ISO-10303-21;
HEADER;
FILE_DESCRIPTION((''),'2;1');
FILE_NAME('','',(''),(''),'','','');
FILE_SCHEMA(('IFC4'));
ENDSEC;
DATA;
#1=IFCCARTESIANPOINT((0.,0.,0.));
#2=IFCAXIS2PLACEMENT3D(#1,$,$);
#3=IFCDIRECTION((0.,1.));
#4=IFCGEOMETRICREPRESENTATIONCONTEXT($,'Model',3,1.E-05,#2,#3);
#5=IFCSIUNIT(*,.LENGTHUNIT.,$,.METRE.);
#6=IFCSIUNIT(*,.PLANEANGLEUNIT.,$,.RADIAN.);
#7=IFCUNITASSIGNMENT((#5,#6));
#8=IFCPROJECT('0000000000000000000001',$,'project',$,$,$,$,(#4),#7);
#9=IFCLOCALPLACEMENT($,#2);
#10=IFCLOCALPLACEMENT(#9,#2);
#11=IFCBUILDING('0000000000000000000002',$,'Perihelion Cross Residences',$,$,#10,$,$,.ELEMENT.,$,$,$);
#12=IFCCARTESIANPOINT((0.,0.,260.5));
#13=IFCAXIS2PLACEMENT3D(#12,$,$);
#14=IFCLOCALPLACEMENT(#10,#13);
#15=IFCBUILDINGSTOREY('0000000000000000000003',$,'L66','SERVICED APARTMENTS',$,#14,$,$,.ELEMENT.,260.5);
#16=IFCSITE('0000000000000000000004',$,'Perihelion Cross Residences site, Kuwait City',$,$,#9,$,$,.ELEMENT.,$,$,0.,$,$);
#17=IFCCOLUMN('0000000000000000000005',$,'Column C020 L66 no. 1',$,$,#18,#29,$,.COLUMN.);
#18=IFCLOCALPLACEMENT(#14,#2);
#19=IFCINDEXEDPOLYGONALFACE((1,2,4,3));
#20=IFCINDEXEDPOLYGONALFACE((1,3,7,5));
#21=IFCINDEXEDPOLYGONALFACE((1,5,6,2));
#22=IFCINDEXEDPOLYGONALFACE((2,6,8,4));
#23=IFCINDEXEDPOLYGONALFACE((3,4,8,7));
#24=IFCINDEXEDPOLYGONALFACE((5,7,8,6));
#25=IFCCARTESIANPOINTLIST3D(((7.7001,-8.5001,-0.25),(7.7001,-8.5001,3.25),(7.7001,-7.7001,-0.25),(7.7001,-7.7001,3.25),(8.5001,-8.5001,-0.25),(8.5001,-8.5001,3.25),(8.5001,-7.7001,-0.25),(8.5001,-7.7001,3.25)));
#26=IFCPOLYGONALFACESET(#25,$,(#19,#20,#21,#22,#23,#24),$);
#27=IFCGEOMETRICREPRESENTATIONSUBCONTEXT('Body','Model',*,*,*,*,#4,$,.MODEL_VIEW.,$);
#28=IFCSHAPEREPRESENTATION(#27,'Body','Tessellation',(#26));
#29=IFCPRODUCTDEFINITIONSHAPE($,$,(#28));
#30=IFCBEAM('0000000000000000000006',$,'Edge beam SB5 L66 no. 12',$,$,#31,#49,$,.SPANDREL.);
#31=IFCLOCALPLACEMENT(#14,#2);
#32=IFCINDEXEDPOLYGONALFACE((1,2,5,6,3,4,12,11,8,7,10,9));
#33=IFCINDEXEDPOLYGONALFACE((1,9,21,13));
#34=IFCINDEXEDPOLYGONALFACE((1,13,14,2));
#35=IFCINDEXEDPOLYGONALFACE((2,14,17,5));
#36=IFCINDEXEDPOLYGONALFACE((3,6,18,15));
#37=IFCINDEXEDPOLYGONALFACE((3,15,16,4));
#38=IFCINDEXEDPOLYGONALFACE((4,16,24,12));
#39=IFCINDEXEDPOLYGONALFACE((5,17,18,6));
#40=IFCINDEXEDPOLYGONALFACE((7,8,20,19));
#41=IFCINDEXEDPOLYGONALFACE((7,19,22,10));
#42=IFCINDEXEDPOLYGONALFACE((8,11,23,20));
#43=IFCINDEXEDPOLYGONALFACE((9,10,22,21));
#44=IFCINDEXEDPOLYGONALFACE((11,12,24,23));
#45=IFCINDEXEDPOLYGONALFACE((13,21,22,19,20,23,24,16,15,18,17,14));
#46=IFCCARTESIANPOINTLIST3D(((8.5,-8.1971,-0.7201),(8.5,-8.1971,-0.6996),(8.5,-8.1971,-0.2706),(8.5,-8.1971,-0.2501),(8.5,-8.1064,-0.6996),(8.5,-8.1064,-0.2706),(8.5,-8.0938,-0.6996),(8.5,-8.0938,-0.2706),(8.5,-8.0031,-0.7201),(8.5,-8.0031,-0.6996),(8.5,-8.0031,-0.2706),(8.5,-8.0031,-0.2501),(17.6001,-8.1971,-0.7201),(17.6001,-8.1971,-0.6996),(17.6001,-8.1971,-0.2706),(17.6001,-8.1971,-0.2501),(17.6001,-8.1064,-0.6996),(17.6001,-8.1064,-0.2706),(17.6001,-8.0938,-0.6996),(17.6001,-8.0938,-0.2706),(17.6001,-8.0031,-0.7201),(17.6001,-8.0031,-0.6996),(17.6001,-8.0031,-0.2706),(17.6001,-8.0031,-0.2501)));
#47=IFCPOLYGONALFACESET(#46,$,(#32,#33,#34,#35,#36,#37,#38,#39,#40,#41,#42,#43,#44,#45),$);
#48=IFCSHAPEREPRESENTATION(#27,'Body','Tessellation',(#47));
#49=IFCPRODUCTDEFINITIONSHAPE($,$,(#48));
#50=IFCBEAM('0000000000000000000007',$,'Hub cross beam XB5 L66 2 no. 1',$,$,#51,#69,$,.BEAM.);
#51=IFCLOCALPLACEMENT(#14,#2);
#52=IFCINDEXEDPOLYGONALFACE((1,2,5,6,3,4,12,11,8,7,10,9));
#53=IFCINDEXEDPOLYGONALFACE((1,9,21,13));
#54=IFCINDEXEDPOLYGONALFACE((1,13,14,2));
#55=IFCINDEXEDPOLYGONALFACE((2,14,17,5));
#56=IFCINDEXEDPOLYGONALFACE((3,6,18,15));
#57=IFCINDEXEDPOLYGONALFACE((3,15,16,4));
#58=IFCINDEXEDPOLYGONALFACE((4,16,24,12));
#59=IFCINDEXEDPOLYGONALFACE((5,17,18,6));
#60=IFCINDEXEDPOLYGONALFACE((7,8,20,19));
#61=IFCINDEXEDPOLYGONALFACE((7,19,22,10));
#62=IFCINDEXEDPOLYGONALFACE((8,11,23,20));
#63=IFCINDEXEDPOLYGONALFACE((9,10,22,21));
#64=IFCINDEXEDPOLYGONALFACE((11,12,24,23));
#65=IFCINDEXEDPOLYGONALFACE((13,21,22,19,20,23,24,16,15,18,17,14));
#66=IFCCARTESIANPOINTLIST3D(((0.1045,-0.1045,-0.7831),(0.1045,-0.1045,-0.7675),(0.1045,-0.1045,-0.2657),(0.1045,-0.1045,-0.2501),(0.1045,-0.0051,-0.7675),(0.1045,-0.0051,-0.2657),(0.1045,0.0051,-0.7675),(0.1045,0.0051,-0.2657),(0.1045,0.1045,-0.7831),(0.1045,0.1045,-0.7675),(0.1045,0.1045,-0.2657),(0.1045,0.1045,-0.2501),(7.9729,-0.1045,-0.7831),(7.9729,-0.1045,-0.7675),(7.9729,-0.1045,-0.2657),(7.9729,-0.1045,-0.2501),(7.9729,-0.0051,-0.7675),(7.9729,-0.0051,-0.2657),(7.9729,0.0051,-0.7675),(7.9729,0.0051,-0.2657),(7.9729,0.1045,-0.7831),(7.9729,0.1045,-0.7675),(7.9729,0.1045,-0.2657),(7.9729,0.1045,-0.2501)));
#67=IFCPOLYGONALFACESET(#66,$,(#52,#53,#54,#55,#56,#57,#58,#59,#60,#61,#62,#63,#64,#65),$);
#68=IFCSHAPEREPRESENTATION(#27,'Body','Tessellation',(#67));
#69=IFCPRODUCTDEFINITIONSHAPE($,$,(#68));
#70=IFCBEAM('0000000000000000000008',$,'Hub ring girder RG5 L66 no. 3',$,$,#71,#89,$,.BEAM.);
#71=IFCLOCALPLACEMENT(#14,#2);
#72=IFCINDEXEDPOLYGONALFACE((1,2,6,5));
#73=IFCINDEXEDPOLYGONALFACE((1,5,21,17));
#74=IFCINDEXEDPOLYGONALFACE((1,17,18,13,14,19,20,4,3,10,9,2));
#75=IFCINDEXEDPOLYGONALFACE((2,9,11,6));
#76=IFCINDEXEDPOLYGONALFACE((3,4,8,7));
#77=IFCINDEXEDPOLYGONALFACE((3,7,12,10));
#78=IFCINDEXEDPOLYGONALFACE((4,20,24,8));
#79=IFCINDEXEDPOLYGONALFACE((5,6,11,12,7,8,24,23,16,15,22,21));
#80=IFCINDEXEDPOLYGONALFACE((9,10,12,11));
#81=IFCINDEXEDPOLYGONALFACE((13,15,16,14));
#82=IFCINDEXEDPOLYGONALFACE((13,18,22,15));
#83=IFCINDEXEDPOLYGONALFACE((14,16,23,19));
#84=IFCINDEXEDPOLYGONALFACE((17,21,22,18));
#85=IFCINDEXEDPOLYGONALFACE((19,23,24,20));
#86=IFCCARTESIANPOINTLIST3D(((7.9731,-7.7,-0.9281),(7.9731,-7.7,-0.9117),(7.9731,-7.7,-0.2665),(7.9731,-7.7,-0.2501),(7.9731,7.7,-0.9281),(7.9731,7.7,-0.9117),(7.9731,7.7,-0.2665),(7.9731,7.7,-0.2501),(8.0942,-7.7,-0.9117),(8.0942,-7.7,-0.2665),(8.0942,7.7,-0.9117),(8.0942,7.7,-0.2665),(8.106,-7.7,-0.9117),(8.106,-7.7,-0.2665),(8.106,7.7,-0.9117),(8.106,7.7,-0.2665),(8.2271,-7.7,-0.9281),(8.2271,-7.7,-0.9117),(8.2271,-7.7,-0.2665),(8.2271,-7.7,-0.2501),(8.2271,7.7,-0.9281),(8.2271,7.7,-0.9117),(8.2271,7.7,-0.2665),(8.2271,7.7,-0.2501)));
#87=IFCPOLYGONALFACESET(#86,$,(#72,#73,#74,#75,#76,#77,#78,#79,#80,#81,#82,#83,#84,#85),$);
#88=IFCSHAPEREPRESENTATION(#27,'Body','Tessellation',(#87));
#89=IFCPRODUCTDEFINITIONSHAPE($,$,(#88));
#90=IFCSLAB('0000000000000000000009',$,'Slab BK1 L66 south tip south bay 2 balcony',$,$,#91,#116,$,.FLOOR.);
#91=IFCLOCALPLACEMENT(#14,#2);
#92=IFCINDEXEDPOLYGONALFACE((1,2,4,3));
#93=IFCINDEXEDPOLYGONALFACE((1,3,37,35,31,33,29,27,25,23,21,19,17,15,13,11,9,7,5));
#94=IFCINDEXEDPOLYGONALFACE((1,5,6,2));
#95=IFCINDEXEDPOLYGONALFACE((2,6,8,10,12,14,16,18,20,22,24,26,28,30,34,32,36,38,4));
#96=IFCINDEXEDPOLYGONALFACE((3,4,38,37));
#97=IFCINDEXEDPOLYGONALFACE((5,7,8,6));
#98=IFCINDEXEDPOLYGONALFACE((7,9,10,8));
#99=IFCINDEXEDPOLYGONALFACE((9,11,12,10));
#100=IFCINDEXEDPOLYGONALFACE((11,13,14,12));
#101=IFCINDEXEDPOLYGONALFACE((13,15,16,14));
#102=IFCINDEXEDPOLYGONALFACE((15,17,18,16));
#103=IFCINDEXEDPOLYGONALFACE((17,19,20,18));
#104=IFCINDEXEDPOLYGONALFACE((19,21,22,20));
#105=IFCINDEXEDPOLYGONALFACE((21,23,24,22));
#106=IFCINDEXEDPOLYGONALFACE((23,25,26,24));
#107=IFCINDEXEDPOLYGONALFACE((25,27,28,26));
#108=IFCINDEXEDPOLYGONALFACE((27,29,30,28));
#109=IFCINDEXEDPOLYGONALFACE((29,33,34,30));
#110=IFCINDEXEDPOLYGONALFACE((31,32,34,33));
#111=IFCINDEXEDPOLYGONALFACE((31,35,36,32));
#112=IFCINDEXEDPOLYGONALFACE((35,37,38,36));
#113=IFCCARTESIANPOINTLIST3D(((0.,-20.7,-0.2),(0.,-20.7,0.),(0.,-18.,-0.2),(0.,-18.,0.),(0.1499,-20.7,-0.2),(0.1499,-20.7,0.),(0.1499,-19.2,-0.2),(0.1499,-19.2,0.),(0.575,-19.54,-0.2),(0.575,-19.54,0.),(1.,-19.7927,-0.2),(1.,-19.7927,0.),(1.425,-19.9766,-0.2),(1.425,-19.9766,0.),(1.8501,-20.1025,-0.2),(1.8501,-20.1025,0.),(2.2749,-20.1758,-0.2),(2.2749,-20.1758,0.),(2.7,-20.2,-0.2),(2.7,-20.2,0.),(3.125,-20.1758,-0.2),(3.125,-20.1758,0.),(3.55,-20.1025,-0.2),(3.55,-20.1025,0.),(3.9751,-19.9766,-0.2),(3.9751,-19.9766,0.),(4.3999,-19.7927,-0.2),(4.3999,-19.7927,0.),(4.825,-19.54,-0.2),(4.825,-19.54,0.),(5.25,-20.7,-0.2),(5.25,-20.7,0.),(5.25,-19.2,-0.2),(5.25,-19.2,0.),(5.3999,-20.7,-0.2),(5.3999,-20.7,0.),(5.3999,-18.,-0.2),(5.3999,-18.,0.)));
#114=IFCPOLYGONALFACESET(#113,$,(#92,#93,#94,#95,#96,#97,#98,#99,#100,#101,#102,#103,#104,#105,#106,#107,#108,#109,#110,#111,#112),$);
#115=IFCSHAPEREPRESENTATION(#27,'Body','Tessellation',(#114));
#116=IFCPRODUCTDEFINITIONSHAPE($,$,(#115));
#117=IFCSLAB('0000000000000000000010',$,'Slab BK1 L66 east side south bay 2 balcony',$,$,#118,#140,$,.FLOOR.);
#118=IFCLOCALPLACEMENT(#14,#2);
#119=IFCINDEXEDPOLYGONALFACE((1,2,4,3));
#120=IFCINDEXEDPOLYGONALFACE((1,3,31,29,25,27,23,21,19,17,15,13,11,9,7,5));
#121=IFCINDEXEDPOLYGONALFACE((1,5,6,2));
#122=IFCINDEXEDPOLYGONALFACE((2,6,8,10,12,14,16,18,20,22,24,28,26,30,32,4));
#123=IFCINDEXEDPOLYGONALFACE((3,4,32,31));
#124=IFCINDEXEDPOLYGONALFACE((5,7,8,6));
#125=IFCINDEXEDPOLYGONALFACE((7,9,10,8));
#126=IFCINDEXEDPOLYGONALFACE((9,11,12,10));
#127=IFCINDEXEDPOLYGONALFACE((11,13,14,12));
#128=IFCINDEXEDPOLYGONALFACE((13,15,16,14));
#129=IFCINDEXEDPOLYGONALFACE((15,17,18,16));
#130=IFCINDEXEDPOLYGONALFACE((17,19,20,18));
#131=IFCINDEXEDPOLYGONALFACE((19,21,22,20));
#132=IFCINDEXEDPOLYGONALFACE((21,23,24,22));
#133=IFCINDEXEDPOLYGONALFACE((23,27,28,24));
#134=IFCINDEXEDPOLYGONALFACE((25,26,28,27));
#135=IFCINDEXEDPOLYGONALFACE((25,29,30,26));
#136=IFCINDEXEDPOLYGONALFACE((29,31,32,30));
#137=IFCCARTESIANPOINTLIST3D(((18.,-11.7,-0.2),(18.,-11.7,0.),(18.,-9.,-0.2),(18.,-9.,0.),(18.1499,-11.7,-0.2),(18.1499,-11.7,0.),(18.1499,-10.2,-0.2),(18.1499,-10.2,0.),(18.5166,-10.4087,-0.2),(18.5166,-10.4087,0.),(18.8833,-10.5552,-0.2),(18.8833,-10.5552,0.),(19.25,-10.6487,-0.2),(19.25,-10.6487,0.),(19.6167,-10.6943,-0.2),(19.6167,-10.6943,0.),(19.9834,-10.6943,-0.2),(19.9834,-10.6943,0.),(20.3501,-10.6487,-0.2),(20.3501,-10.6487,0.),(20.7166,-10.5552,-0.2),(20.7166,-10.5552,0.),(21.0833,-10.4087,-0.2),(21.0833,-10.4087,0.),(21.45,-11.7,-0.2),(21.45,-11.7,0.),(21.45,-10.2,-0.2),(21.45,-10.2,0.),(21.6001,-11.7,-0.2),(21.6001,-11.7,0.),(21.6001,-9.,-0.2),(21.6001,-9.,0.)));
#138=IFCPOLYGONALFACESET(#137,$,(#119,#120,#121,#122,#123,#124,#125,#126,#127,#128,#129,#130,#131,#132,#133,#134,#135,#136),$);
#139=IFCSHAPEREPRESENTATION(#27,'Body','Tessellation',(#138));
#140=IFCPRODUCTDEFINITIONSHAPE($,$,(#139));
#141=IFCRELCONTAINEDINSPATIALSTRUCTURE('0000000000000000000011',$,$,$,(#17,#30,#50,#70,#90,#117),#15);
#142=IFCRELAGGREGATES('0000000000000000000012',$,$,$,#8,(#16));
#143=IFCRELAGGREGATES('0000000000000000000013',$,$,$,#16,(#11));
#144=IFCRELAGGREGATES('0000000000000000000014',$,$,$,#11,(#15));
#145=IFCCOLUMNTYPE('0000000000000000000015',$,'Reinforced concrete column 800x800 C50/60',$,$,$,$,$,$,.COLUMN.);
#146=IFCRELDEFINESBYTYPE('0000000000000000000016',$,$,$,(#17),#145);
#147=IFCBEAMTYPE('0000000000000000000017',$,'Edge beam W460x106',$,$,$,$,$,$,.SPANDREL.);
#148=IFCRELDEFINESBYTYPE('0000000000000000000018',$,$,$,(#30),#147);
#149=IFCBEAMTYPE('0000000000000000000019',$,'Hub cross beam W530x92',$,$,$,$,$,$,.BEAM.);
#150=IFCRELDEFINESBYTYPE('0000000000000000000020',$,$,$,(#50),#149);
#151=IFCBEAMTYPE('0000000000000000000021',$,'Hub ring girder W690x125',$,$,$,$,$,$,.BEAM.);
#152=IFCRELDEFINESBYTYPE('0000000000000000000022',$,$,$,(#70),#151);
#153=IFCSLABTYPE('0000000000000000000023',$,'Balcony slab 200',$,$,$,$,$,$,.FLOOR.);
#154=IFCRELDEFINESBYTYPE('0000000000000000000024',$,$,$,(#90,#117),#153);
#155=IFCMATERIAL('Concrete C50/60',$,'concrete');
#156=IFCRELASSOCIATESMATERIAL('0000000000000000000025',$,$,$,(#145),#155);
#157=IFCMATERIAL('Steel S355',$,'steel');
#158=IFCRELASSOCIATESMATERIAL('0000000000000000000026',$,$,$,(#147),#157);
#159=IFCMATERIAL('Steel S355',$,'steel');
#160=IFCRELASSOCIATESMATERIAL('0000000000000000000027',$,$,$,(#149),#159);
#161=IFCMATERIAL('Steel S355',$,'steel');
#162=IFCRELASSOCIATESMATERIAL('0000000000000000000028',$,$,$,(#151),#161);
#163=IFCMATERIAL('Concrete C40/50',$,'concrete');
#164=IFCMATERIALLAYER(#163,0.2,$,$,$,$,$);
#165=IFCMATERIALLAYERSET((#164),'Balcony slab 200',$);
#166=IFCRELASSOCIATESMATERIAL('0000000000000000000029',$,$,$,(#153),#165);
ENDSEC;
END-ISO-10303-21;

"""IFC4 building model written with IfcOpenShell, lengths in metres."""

from ifc_helpers import new_model, si_unit, direction, frame, origin, origin_2d, place, context, subcontext, project, spatial, polyline, rectangle, i_section, outline, extrude, material, layer, layer_set, material_profile, profile_set, type_object, element, save


model = new_model("IFC4")

# Units and contexts
model_context = context("Model", 3, precision=1e-05, world=origin(), true_north=direction((0.0, 1.0)))
body_context = subcontext(model_context, "Body", "Model", "MODEL_VIEW")
ifc_project = project(units=[si_unit("LENGTHUNIT", "METRE"), si_unit("PLANEANGLEUNIT", "RADIAN")], contexts=[model_context])

# Site, building, storey
site_placement = place(None, origin())
site = spatial("IfcSite", under=ifc_project, at=site_placement, Name="Perihelion Cross Residences site, Kuwait City", CompositionType="ELEMENT", RefElevation=0.0)
building_placement = place(site_placement, origin())
building = spatial("IfcBuilding", under=site, at=building_placement, Name="Perihelion Cross Residences", CompositionType="ELEMENT")
storey_placement = place(building_placement, frame((0.0, 0.0, 260.5)))
storey = spatial("IfcBuildingStorey", under=building, at=storey_placement, Name="L66", Description="SERVICED APARTMENTS", CompositionType="ELEMENT", Elevation=260.5)

# Column
ifc_material_1 = material(Name="Concrete C50/60", Category="concrete")
ifc_material_profile_1 = material_profile(ifc_material_1, rectangle(XDim=0.8, YDim=0.8, at=origin_2d()), Name="RC 800x800")
ifc_profile_set_1 = profile_set([ifc_material_profile_1], Name="Concrete C50/60")
column_type = type_object("IfcColumnType", Name="Reinforced concrete column 800x800 C50/60", PredefinedType="COLUMN", material=ifc_profile_set_1)
column_placement = place(storey_placement, frame((8.1001, -8.1001, -0.25), z_axis=(0.0, 0.0, 1.0), x_axis=(1.0, 0.0, 0.0)))
element("IfcColumn", 1, at=column_placement, inside=storey, type_object=column_type, Name="Column C020 L66 no. 1", PredefinedType="COLUMN", context=body_context, shape_type="SweptSolid", body=[
    extrude(rectangle(XDim=0.8, YDim=0.8, at=origin_2d()), origin(), (0.0, 0.0, 1.0), 3.5),
])

# Beams
ifc_material_2 = material(Name="Steel S355", Category="steel")
ifc_material_profile_2 = material_profile(ifc_material_2, i_section(OverallWidth=0.1941, OverallDepth=0.47, WebThickness=0.0127, FlangeThickness=0.0205, at=origin_2d()), Name="W460x106")
ifc_profile_set_2 = profile_set([ifc_material_profile_2], Name="Steel S355")
beam_type_1 = type_object("IfcBeamType", Name="Edge beam W460x106", PredefinedType="SPANDREL", material=ifc_profile_set_2)
beam_1_placement = place(storey_placement, frame((8.5, -8.1001, -0.4851), z_axis=(1.0, 0.0, 0.0), x_axis=(0.0, 1.0, 0.0)))
element("IfcBeam", 2, at=beam_1_placement, inside=storey, type_object=beam_type_1, Name="Edge beam SB5 L66 no. 12", PredefinedType="SPANDREL", context=body_context, shape_type="SweptSolid", body=[
    extrude(i_section(OverallWidth=0.1941, OverallDepth=0.47, WebThickness=0.0127, FlangeThickness=0.0205, at=origin_2d()), origin(), (0.0, 0.0, 1.0), 9.1001),
])
ifc_material_3 = material(Name="Steel S355", Category="steel")
ifc_material_profile_3 = material_profile(ifc_material_3, i_section(OverallWidth=0.209, OverallDepth=0.533, WebThickness=0.0103, FlangeThickness=0.0156, at=origin_2d()), Name="W530x92")
ifc_profile_set_3 = profile_set([ifc_material_profile_3], Name="Steel S355")
beam_type_2 = type_object("IfcBeamType", Name="Hub cross beam W530x92", PredefinedType="BEAM", material=ifc_profile_set_3)
beam_2_placement = place(storey_placement, frame((0.1045, 0.0, -0.5166), z_axis=(1.0, 0.0, 0.0), x_axis=(0.0, 1.0, 0.0)))
element("IfcBeam", 3, at=beam_2_placement, inside=storey, type_object=beam_type_2, Name="Hub cross beam XB5 L66 2 no. 1", PredefinedType="BEAM", context=body_context, shape_type="SweptSolid", body=[
    extrude(i_section(OverallWidth=0.209, OverallDepth=0.533, WebThickness=0.0103, FlangeThickness=0.0156, at=origin_2d()), origin(), (0.0, 0.0, 1.0), 7.8684),
])
ifc_material_4 = material(Name="Steel S355", Category="steel")
ifc_material_profile_4 = material_profile(ifc_material_4, i_section(OverallWidth=0.2539, OverallDepth=0.678, WebThickness=0.0117, FlangeThickness=0.0164, at=origin_2d()), Name="W690x125")
ifc_profile_set_4 = profile_set([ifc_material_profile_4], Name="Steel S355")
beam_type_3 = type_object("IfcBeamType", Name="Hub ring girder W690x125", PredefinedType="BEAM", material=ifc_profile_set_4)
beam_3_placement = place(storey_placement, frame((8.1001, -7.7, -0.5891), z_axis=(0.0, 1.0, 0.0), x_axis=(-1.0, 0.0, 0.0)))
element("IfcBeam", 4, at=beam_3_placement, inside=storey, type_object=beam_type_3, Name="Hub ring girder RG5 L66 no. 3", PredefinedType="BEAM", context=body_context, shape_type="SweptSolid", body=[
    extrude(i_section(OverallWidth=0.2539, OverallDepth=0.678, WebThickness=0.0117, FlangeThickness=0.0164, at=origin_2d()), origin(), (0.0, 0.0, 1.0), 15.3999),
])

# Slabs
ifc_material_5 = material(Name="Concrete C40/50", Category="concrete")
ifc_layer_1 = layer(ifc_material_5, 0.2)
ifc_layer_set_1 = layer_set([ifc_layer_1], Name="Balcony slab 200")
slab_type_1 = type_object("IfcSlabType", Name="Balcony slab 200", PredefinedType="FLOOR", material=ifc_layer_set_1)
slab_1_placement = place(storey_placement, frame((0.0, 0.0, -0.2)))
element("IfcSlab", 5, at=slab_1_placement, inside=storey, type_object=slab_type_1, Name="Slab BK1 L66 south tip south bay 2 balcony", PredefinedType="FLOOR", context=body_context, shape_type="SweptSolid", body=[
    extrude(outline(polyline([(0.0, -18.0), (5.3999, -18.0), (5.3999, -20.7), (5.25, -20.7), (5.25, -19.2), (4.825, -19.54), (4.3999, -19.7927), (3.9751, -19.9766), (3.55, -20.1025), (3.125, -20.1758), (2.7, -20.2), (2.2749, -20.1758), (1.8501, -20.1025), (1.425, -19.9766), (1.0, -19.7927), (0.575, -19.54), (0.1499, -19.2), (0.1499, -20.7), (0.0, -20.7), (0.0, -18.0)])), origin(), (0.0, 0.0, 1.0), 0.2),
])
slab_2_placement = place(storey_placement, frame((0.0, 0.0, -0.2)))
element("IfcSlab", 6, at=slab_2_placement, inside=storey, type_object=slab_type_1, Name="Slab BK1 L66 east side south bay 2 balcony", PredefinedType="FLOOR", context=body_context, shape_type="SweptSolid", body=[
    extrude(outline(polyline([(18.0, -9.0), (21.6001, -9.0), (21.6001, -11.7), (21.45, -11.7), (21.45, -10.2), (21.0833, -10.4087), (20.7166, -10.5552), (20.3501, -10.6487), (19.9834, -10.6943), (19.6167, -10.6943), (19.25, -10.6487), (18.8833, -10.5552), (18.5166, -10.4087), (18.1499, -10.2), (18.1499, -11.7), (18.0, -11.7), (18.0, -9.0)])), origin(), (0.0, 0.0, 1.0), 0.2),
])

save(model, "model.ifc")
